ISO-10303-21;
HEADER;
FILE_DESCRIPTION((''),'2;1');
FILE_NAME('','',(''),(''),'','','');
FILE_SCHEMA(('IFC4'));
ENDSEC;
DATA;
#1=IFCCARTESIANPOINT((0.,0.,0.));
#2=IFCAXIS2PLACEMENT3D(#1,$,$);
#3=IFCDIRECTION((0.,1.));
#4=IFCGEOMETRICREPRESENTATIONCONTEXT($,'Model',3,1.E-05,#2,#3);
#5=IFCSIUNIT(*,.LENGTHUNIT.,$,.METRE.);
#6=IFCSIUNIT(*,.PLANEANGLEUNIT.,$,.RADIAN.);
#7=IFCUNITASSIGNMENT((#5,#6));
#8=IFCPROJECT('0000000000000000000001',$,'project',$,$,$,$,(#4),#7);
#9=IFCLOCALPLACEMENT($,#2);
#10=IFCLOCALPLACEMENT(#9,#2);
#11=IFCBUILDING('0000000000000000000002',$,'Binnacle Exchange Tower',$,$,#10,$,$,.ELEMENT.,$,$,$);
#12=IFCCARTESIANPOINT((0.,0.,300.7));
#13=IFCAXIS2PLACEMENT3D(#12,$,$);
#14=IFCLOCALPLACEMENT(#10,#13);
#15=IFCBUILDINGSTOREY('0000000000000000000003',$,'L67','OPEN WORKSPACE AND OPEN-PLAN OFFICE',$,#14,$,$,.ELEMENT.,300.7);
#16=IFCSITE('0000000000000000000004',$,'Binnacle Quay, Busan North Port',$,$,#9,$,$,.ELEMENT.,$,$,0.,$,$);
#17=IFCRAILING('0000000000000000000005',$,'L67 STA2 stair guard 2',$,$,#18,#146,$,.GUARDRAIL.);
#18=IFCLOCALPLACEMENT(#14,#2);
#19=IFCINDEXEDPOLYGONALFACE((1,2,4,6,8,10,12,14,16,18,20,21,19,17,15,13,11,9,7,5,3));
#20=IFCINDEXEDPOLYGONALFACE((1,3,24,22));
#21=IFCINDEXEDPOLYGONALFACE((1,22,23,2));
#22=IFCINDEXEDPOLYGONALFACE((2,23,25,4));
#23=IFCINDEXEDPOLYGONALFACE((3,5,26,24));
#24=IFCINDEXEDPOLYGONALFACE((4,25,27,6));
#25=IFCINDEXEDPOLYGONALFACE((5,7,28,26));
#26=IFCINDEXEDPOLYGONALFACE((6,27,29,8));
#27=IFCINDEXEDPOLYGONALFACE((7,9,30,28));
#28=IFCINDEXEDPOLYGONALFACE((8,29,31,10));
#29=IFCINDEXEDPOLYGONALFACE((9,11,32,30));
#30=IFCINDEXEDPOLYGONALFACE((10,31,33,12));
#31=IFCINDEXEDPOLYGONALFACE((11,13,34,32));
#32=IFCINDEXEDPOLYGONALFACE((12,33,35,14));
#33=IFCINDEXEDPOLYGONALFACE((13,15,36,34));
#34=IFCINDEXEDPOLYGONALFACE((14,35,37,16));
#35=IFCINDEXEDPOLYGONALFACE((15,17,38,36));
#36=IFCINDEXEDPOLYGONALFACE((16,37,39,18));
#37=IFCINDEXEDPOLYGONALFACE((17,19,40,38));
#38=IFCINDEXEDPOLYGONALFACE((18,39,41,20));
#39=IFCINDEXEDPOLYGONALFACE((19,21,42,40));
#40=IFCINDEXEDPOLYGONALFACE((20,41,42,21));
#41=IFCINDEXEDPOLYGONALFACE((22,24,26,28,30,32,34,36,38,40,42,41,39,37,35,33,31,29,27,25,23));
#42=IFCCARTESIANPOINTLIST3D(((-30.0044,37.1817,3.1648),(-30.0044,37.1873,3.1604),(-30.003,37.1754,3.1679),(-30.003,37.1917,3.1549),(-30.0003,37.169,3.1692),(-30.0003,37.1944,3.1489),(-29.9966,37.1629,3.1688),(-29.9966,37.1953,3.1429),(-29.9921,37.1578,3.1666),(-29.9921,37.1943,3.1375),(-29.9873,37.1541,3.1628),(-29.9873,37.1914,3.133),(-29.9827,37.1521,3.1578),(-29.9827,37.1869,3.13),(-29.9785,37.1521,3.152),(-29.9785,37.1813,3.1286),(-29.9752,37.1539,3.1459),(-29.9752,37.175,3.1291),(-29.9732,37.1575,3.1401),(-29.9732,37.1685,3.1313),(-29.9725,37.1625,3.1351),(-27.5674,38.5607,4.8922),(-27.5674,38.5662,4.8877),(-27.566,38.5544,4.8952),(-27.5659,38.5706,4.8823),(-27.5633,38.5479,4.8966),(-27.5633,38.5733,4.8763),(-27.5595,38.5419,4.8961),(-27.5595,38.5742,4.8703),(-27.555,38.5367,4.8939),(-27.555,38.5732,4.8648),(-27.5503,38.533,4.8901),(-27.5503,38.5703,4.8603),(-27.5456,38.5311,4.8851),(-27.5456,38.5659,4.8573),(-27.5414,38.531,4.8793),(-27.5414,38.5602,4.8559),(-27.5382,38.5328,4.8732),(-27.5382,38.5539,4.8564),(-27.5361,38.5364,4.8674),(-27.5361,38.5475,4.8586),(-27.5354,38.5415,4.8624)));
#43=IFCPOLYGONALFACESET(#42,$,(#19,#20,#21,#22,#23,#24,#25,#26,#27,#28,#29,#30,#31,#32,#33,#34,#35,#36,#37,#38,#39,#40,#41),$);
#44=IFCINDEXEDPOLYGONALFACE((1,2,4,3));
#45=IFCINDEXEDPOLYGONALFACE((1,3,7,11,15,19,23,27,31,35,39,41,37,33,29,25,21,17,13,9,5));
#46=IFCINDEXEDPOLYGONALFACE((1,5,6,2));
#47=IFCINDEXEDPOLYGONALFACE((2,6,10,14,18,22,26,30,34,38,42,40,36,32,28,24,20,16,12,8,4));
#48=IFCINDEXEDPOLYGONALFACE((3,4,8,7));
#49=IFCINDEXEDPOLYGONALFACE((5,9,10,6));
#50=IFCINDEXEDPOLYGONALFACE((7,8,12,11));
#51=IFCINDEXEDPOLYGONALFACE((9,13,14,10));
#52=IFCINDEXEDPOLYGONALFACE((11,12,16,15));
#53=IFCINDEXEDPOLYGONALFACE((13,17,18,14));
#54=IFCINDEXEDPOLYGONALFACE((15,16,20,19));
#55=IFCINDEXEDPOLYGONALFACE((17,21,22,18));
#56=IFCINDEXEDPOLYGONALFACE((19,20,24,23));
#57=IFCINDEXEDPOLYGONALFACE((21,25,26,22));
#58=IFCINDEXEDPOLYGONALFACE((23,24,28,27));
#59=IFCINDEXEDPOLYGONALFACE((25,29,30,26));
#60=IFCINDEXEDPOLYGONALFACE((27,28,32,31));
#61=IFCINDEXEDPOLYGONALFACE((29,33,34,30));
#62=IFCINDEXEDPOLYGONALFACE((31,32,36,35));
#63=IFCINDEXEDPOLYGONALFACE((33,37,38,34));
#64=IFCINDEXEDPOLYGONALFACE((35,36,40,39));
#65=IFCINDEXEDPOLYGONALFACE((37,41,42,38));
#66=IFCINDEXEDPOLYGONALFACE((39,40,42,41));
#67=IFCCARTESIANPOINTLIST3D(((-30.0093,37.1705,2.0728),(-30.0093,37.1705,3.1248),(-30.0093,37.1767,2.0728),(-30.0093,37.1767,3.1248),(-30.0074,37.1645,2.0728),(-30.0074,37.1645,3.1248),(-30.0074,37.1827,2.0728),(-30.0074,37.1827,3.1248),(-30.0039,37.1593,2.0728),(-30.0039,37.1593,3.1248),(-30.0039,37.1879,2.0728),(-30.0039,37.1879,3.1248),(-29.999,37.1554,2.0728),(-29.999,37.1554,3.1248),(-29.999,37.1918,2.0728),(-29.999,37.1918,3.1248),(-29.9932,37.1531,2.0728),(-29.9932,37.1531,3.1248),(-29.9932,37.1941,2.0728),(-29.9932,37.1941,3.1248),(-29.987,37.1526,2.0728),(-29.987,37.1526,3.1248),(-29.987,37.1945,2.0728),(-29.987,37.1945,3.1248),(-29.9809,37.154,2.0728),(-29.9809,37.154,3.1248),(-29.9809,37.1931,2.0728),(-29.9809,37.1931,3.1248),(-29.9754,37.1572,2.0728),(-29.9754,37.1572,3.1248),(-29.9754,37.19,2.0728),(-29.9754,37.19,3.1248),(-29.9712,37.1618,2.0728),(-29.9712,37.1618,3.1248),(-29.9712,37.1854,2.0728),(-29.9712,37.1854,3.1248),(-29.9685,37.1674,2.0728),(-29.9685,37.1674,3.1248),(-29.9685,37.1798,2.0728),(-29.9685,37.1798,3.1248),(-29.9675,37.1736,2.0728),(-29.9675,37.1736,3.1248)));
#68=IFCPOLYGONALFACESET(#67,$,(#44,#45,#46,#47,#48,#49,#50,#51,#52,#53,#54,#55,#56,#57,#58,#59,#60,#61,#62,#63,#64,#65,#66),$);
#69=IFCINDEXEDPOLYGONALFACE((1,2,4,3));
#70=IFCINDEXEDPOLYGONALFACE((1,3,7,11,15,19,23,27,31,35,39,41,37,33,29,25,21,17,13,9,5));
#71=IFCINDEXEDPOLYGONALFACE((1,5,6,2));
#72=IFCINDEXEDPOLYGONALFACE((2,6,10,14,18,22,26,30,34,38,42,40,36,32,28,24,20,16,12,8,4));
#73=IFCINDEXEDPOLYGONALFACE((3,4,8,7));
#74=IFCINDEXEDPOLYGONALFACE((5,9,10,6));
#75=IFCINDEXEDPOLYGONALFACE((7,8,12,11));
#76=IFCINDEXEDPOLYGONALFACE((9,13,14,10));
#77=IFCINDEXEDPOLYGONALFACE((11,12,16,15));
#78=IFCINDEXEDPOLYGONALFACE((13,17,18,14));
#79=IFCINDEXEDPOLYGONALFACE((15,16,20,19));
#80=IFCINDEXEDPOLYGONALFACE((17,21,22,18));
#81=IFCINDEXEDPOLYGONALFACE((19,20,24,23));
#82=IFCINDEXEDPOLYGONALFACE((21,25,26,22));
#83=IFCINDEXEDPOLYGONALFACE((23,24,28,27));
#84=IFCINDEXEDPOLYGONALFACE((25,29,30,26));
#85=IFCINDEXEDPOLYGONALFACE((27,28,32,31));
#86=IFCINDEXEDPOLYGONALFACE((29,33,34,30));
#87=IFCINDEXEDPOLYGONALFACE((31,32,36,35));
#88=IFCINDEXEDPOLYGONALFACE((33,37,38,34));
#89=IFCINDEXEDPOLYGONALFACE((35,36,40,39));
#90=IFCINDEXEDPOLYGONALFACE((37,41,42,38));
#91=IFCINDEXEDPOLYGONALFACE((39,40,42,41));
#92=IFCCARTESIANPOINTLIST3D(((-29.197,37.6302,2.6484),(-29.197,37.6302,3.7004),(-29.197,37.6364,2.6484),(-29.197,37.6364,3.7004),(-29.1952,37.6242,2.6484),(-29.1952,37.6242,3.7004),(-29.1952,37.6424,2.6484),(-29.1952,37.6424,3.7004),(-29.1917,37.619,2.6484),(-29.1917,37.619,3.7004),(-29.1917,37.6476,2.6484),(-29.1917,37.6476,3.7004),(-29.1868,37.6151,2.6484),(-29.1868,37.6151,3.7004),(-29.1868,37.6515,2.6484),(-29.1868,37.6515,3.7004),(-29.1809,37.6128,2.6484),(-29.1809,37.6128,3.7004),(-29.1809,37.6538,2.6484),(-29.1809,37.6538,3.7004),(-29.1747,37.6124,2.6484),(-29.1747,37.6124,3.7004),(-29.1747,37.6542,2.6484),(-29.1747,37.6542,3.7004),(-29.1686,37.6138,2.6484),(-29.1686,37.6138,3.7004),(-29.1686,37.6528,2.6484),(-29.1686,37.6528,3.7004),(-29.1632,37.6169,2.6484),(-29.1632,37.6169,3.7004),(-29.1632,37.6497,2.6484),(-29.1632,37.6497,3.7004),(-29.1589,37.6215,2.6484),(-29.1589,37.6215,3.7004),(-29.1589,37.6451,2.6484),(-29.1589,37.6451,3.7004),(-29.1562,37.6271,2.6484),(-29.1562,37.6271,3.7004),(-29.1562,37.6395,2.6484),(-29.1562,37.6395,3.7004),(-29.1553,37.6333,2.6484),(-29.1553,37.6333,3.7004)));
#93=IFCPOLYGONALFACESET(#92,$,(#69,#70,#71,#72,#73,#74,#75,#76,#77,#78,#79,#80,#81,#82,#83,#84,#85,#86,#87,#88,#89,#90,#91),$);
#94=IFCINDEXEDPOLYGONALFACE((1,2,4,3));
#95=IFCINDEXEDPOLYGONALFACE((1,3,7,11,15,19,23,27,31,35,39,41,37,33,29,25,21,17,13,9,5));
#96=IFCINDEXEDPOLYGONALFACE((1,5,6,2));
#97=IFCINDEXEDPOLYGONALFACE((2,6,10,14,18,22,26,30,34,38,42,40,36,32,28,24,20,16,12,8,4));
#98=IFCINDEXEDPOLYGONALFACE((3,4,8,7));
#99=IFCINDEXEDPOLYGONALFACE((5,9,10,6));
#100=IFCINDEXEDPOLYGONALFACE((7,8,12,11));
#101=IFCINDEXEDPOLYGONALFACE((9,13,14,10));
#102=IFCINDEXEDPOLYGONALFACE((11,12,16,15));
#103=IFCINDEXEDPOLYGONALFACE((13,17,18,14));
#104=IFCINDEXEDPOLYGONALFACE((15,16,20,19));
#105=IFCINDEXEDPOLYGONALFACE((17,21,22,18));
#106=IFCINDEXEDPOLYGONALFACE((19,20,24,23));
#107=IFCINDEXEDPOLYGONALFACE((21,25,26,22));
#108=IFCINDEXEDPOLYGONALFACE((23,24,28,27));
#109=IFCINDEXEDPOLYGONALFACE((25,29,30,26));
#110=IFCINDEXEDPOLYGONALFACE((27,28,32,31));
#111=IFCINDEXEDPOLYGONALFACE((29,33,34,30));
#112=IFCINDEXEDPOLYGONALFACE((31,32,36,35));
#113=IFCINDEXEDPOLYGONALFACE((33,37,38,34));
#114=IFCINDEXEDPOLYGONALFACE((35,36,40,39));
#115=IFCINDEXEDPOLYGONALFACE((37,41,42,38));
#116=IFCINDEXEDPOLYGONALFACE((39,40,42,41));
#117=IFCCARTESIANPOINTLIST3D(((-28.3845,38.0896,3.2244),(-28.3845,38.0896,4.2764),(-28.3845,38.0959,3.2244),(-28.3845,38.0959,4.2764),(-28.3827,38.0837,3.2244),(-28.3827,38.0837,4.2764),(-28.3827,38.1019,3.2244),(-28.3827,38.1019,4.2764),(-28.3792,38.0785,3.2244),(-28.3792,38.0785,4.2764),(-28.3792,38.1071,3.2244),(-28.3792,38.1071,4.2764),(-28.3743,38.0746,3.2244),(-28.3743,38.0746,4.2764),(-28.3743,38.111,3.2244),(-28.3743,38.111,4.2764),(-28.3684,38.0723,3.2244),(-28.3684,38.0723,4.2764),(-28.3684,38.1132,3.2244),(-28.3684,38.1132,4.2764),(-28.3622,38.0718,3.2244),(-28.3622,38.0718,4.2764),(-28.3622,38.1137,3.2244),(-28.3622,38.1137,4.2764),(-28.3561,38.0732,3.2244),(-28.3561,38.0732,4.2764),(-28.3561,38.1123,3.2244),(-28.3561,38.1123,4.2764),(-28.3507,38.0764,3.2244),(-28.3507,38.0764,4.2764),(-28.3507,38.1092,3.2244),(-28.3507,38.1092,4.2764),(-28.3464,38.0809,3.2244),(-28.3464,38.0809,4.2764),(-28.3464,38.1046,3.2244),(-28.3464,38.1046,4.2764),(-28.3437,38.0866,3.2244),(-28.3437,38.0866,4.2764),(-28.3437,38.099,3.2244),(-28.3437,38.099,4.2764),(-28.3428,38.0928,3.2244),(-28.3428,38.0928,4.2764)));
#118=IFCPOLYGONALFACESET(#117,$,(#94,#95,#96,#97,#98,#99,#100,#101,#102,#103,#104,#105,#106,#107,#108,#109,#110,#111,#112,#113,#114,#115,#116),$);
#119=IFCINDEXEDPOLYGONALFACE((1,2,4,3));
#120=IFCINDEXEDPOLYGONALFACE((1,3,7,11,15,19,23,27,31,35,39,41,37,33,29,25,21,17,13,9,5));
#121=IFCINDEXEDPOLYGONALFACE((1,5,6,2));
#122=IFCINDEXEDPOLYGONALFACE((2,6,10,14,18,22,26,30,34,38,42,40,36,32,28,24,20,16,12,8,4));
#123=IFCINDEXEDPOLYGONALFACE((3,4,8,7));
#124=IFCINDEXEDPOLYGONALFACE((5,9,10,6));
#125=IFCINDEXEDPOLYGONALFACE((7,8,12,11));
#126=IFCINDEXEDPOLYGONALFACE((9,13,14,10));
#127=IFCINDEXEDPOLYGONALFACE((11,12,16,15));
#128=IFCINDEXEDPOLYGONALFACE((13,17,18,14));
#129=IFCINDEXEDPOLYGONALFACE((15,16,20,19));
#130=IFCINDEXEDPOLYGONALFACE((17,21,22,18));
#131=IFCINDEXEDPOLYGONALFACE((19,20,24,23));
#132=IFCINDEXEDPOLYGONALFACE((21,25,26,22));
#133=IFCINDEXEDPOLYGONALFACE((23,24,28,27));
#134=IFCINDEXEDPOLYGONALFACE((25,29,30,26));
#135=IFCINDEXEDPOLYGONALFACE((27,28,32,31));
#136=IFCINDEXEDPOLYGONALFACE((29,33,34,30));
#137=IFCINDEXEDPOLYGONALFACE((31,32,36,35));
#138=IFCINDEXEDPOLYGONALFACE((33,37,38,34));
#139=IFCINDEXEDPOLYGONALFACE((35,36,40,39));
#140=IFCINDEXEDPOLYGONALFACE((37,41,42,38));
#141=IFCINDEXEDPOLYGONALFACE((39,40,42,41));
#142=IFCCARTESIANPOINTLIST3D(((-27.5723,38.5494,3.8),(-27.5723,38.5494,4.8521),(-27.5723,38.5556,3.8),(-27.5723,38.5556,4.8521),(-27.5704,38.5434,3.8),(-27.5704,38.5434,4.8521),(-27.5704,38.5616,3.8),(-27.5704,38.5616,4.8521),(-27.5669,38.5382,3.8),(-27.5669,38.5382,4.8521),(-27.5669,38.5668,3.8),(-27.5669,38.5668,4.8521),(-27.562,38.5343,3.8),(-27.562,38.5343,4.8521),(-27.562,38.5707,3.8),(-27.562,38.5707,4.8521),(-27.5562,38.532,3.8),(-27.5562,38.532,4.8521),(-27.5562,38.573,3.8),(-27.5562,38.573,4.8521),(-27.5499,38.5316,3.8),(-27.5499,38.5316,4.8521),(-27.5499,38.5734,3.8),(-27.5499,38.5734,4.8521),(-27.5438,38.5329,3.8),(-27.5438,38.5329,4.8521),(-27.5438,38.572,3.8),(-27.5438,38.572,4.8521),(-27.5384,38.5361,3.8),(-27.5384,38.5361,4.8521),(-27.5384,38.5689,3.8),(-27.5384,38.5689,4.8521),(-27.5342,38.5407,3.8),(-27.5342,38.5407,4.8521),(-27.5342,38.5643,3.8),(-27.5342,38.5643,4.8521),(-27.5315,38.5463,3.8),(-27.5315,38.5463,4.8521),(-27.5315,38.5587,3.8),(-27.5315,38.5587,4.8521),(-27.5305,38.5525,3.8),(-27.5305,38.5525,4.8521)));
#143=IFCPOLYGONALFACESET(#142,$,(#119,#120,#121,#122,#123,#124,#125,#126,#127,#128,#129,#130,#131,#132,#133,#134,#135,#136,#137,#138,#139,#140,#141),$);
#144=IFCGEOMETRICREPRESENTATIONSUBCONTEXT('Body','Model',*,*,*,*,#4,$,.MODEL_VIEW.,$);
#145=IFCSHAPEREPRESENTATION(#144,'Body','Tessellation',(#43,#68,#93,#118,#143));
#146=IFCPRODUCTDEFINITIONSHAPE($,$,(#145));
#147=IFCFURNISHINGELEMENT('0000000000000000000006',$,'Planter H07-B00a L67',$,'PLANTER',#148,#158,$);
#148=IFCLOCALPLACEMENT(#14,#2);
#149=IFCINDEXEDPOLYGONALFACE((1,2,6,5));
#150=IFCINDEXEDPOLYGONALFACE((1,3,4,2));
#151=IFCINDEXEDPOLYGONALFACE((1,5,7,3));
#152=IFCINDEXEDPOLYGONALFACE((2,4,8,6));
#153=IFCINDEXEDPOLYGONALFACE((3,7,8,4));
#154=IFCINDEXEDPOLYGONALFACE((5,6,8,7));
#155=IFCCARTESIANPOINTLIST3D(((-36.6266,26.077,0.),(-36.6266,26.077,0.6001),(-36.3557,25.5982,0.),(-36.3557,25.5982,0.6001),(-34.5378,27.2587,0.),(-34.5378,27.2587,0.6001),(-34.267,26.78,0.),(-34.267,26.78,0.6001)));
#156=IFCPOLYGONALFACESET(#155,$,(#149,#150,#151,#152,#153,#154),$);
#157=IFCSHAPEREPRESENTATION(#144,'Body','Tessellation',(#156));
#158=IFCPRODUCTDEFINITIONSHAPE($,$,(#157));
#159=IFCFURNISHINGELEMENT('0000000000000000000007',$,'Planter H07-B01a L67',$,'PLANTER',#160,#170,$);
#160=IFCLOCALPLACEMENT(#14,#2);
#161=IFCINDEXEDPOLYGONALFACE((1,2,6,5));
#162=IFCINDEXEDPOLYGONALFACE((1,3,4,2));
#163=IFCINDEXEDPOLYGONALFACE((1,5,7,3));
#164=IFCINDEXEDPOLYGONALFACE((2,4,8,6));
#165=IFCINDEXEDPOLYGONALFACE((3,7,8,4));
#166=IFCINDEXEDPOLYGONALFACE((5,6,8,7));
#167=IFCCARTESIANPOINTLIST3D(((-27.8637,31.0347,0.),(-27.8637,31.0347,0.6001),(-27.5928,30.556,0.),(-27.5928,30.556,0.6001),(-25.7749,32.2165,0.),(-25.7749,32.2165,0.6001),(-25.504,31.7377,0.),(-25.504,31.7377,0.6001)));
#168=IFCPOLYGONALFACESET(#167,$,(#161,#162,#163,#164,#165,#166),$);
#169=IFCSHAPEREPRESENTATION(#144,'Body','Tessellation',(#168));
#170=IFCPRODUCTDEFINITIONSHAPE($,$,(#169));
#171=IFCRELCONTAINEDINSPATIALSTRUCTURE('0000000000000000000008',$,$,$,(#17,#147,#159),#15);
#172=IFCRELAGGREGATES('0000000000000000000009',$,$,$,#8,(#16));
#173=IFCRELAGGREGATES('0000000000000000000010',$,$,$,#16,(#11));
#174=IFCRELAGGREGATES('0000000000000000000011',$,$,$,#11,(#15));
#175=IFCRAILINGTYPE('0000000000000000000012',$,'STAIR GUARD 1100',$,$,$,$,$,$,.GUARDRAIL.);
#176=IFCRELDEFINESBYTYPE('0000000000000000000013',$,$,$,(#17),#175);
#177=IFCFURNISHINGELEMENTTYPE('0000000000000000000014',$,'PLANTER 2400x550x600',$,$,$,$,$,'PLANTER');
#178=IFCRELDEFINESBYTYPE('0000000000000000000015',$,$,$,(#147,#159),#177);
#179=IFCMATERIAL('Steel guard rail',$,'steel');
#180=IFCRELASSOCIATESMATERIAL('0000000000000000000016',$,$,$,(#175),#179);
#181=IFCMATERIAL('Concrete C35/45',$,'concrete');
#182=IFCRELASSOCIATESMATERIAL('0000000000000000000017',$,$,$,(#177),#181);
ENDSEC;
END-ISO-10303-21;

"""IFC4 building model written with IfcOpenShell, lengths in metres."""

from ifc_helpers import new_model, si_unit, direction, frame, origin, origin_2d, place, context, subcontext, project, spatial, rectangle, circle, extrude, material, type_object, element, save


model = new_model("IFC4")

# Units and contexts
model_context = context("Model", 3, precision=1e-05, world=origin(), true_north=direction((0.0, 1.0)))
body_context = subcontext(model_context, "Body", "Model", "MODEL_VIEW")
ifc_project = project(units=[si_unit("LENGTHUNIT", "METRE"), si_unit("PLANEANGLEUNIT", "RADIAN")], contexts=[model_context])

# Site, building, storey
site_placement = place(None, origin())
site = spatial("IfcSite", under=ifc_project, at=site_placement, Name="Binnacle Quay, Busan North Port", CompositionType="ELEMENT", RefElevation=0.0)
building_placement = place(site_placement, origin())
building = spatial("IfcBuilding", under=site, at=building_placement, Name="Binnacle Exchange Tower", CompositionType="ELEMENT")
storey_placement = place(building_placement, frame((0.0, 0.0, 300.7)))
storey = spatial("IfcBuildingStorey", under=building, at=storey_placement, Name="L67", Description="OPEN WORKSPACE AND OPEN-PLAN OFFICE", CompositionType="ELEMENT", Elevation=300.7)

# Shared definitions
ifc_material_1 = material(Name="Concrete C35/45", Category="concrete")

# Railing
ifc_material_2 = material(Name="Steel guard rail", Category="steel")
railing_type_1 = type_object("IfcRailingType", Name="STAIR GUARD 1100", PredefinedType="GUARDRAIL", material=ifc_material_2)
railing_placement = place(storey_placement, frame((-29.9885, 37.1736, 2.0728)))
element("IfcRailing", 1, at=railing_placement, inside=storey, type_object=railing_type_1, Name="L67 STA2 stair guard 2", PredefinedType="GUARDRAIL", context=body_context, shape_type="SweptSolid", body=[
    extrude(circle(Radius=0.0239, at=origin_2d()), frame((0.0, 0.0, 1.0762), z_axis=(0.740738, 0.419123, 0.525017), x_axis=(-0.492454, 0.870339, 0.0)), (0.0, 0.0, 1.0), 3.29),
    extrude(circle(Radius=0.021, at=origin_2d()), origin(), (0.0, 0.0, 1.0), 1.052),
    extrude(circle(Radius=0.021, at=origin_2d()), frame((0.8123, 0.4597, 0.5757)), (0.0, 0.0, 1.0), 1.052),
    extrude(circle(Radius=0.021, at=origin_2d()), frame((1.6248, 0.9192, 1.1516)), (0.0, 0.0, 1.0), 1.052),
    extrude(circle(Radius=0.021, at=origin_2d()), frame((2.437, 1.3789, 1.7273)), (0.0, 0.0, 1.0), 1.052),
])

# Furnishing elements
furnishing_element_type = type_object("IfcFurnishingElementType", Name="PLANTER 2400x550x600", ElementType="PLANTER", material=ifc_material_1)
for number, where, z_axis, x_axis, name in (
    (2, (-35.4468, 26.4285, 0.0), (0.0, 0.0, 1.0), (0.870356, 0.492424, 0.0), "Planter H07-B00a L67"),
    (3, (-26.6838, 31.3862, 0.0), (0.0, 0.0, 1.0), (0.870356, 0.492424, 0.0), "Planter H07-B01a L67"),
):
    element("IfcFurnishingElement", number, at=place(storey_placement, frame(where, z_axis=z_axis, x_axis=x_axis)), inside=storey, type_object=furnishing_element_type, Name=name, ObjectType="PLANTER", context=body_context, shape_type="SweptSolid", body=[
        extrude(rectangle(XDim=2.3999, YDim=0.55, at=origin_2d()), origin(), (0.0, 0.0, 1.0), 0.6001),
    ])

save(model, "model.ifc")
